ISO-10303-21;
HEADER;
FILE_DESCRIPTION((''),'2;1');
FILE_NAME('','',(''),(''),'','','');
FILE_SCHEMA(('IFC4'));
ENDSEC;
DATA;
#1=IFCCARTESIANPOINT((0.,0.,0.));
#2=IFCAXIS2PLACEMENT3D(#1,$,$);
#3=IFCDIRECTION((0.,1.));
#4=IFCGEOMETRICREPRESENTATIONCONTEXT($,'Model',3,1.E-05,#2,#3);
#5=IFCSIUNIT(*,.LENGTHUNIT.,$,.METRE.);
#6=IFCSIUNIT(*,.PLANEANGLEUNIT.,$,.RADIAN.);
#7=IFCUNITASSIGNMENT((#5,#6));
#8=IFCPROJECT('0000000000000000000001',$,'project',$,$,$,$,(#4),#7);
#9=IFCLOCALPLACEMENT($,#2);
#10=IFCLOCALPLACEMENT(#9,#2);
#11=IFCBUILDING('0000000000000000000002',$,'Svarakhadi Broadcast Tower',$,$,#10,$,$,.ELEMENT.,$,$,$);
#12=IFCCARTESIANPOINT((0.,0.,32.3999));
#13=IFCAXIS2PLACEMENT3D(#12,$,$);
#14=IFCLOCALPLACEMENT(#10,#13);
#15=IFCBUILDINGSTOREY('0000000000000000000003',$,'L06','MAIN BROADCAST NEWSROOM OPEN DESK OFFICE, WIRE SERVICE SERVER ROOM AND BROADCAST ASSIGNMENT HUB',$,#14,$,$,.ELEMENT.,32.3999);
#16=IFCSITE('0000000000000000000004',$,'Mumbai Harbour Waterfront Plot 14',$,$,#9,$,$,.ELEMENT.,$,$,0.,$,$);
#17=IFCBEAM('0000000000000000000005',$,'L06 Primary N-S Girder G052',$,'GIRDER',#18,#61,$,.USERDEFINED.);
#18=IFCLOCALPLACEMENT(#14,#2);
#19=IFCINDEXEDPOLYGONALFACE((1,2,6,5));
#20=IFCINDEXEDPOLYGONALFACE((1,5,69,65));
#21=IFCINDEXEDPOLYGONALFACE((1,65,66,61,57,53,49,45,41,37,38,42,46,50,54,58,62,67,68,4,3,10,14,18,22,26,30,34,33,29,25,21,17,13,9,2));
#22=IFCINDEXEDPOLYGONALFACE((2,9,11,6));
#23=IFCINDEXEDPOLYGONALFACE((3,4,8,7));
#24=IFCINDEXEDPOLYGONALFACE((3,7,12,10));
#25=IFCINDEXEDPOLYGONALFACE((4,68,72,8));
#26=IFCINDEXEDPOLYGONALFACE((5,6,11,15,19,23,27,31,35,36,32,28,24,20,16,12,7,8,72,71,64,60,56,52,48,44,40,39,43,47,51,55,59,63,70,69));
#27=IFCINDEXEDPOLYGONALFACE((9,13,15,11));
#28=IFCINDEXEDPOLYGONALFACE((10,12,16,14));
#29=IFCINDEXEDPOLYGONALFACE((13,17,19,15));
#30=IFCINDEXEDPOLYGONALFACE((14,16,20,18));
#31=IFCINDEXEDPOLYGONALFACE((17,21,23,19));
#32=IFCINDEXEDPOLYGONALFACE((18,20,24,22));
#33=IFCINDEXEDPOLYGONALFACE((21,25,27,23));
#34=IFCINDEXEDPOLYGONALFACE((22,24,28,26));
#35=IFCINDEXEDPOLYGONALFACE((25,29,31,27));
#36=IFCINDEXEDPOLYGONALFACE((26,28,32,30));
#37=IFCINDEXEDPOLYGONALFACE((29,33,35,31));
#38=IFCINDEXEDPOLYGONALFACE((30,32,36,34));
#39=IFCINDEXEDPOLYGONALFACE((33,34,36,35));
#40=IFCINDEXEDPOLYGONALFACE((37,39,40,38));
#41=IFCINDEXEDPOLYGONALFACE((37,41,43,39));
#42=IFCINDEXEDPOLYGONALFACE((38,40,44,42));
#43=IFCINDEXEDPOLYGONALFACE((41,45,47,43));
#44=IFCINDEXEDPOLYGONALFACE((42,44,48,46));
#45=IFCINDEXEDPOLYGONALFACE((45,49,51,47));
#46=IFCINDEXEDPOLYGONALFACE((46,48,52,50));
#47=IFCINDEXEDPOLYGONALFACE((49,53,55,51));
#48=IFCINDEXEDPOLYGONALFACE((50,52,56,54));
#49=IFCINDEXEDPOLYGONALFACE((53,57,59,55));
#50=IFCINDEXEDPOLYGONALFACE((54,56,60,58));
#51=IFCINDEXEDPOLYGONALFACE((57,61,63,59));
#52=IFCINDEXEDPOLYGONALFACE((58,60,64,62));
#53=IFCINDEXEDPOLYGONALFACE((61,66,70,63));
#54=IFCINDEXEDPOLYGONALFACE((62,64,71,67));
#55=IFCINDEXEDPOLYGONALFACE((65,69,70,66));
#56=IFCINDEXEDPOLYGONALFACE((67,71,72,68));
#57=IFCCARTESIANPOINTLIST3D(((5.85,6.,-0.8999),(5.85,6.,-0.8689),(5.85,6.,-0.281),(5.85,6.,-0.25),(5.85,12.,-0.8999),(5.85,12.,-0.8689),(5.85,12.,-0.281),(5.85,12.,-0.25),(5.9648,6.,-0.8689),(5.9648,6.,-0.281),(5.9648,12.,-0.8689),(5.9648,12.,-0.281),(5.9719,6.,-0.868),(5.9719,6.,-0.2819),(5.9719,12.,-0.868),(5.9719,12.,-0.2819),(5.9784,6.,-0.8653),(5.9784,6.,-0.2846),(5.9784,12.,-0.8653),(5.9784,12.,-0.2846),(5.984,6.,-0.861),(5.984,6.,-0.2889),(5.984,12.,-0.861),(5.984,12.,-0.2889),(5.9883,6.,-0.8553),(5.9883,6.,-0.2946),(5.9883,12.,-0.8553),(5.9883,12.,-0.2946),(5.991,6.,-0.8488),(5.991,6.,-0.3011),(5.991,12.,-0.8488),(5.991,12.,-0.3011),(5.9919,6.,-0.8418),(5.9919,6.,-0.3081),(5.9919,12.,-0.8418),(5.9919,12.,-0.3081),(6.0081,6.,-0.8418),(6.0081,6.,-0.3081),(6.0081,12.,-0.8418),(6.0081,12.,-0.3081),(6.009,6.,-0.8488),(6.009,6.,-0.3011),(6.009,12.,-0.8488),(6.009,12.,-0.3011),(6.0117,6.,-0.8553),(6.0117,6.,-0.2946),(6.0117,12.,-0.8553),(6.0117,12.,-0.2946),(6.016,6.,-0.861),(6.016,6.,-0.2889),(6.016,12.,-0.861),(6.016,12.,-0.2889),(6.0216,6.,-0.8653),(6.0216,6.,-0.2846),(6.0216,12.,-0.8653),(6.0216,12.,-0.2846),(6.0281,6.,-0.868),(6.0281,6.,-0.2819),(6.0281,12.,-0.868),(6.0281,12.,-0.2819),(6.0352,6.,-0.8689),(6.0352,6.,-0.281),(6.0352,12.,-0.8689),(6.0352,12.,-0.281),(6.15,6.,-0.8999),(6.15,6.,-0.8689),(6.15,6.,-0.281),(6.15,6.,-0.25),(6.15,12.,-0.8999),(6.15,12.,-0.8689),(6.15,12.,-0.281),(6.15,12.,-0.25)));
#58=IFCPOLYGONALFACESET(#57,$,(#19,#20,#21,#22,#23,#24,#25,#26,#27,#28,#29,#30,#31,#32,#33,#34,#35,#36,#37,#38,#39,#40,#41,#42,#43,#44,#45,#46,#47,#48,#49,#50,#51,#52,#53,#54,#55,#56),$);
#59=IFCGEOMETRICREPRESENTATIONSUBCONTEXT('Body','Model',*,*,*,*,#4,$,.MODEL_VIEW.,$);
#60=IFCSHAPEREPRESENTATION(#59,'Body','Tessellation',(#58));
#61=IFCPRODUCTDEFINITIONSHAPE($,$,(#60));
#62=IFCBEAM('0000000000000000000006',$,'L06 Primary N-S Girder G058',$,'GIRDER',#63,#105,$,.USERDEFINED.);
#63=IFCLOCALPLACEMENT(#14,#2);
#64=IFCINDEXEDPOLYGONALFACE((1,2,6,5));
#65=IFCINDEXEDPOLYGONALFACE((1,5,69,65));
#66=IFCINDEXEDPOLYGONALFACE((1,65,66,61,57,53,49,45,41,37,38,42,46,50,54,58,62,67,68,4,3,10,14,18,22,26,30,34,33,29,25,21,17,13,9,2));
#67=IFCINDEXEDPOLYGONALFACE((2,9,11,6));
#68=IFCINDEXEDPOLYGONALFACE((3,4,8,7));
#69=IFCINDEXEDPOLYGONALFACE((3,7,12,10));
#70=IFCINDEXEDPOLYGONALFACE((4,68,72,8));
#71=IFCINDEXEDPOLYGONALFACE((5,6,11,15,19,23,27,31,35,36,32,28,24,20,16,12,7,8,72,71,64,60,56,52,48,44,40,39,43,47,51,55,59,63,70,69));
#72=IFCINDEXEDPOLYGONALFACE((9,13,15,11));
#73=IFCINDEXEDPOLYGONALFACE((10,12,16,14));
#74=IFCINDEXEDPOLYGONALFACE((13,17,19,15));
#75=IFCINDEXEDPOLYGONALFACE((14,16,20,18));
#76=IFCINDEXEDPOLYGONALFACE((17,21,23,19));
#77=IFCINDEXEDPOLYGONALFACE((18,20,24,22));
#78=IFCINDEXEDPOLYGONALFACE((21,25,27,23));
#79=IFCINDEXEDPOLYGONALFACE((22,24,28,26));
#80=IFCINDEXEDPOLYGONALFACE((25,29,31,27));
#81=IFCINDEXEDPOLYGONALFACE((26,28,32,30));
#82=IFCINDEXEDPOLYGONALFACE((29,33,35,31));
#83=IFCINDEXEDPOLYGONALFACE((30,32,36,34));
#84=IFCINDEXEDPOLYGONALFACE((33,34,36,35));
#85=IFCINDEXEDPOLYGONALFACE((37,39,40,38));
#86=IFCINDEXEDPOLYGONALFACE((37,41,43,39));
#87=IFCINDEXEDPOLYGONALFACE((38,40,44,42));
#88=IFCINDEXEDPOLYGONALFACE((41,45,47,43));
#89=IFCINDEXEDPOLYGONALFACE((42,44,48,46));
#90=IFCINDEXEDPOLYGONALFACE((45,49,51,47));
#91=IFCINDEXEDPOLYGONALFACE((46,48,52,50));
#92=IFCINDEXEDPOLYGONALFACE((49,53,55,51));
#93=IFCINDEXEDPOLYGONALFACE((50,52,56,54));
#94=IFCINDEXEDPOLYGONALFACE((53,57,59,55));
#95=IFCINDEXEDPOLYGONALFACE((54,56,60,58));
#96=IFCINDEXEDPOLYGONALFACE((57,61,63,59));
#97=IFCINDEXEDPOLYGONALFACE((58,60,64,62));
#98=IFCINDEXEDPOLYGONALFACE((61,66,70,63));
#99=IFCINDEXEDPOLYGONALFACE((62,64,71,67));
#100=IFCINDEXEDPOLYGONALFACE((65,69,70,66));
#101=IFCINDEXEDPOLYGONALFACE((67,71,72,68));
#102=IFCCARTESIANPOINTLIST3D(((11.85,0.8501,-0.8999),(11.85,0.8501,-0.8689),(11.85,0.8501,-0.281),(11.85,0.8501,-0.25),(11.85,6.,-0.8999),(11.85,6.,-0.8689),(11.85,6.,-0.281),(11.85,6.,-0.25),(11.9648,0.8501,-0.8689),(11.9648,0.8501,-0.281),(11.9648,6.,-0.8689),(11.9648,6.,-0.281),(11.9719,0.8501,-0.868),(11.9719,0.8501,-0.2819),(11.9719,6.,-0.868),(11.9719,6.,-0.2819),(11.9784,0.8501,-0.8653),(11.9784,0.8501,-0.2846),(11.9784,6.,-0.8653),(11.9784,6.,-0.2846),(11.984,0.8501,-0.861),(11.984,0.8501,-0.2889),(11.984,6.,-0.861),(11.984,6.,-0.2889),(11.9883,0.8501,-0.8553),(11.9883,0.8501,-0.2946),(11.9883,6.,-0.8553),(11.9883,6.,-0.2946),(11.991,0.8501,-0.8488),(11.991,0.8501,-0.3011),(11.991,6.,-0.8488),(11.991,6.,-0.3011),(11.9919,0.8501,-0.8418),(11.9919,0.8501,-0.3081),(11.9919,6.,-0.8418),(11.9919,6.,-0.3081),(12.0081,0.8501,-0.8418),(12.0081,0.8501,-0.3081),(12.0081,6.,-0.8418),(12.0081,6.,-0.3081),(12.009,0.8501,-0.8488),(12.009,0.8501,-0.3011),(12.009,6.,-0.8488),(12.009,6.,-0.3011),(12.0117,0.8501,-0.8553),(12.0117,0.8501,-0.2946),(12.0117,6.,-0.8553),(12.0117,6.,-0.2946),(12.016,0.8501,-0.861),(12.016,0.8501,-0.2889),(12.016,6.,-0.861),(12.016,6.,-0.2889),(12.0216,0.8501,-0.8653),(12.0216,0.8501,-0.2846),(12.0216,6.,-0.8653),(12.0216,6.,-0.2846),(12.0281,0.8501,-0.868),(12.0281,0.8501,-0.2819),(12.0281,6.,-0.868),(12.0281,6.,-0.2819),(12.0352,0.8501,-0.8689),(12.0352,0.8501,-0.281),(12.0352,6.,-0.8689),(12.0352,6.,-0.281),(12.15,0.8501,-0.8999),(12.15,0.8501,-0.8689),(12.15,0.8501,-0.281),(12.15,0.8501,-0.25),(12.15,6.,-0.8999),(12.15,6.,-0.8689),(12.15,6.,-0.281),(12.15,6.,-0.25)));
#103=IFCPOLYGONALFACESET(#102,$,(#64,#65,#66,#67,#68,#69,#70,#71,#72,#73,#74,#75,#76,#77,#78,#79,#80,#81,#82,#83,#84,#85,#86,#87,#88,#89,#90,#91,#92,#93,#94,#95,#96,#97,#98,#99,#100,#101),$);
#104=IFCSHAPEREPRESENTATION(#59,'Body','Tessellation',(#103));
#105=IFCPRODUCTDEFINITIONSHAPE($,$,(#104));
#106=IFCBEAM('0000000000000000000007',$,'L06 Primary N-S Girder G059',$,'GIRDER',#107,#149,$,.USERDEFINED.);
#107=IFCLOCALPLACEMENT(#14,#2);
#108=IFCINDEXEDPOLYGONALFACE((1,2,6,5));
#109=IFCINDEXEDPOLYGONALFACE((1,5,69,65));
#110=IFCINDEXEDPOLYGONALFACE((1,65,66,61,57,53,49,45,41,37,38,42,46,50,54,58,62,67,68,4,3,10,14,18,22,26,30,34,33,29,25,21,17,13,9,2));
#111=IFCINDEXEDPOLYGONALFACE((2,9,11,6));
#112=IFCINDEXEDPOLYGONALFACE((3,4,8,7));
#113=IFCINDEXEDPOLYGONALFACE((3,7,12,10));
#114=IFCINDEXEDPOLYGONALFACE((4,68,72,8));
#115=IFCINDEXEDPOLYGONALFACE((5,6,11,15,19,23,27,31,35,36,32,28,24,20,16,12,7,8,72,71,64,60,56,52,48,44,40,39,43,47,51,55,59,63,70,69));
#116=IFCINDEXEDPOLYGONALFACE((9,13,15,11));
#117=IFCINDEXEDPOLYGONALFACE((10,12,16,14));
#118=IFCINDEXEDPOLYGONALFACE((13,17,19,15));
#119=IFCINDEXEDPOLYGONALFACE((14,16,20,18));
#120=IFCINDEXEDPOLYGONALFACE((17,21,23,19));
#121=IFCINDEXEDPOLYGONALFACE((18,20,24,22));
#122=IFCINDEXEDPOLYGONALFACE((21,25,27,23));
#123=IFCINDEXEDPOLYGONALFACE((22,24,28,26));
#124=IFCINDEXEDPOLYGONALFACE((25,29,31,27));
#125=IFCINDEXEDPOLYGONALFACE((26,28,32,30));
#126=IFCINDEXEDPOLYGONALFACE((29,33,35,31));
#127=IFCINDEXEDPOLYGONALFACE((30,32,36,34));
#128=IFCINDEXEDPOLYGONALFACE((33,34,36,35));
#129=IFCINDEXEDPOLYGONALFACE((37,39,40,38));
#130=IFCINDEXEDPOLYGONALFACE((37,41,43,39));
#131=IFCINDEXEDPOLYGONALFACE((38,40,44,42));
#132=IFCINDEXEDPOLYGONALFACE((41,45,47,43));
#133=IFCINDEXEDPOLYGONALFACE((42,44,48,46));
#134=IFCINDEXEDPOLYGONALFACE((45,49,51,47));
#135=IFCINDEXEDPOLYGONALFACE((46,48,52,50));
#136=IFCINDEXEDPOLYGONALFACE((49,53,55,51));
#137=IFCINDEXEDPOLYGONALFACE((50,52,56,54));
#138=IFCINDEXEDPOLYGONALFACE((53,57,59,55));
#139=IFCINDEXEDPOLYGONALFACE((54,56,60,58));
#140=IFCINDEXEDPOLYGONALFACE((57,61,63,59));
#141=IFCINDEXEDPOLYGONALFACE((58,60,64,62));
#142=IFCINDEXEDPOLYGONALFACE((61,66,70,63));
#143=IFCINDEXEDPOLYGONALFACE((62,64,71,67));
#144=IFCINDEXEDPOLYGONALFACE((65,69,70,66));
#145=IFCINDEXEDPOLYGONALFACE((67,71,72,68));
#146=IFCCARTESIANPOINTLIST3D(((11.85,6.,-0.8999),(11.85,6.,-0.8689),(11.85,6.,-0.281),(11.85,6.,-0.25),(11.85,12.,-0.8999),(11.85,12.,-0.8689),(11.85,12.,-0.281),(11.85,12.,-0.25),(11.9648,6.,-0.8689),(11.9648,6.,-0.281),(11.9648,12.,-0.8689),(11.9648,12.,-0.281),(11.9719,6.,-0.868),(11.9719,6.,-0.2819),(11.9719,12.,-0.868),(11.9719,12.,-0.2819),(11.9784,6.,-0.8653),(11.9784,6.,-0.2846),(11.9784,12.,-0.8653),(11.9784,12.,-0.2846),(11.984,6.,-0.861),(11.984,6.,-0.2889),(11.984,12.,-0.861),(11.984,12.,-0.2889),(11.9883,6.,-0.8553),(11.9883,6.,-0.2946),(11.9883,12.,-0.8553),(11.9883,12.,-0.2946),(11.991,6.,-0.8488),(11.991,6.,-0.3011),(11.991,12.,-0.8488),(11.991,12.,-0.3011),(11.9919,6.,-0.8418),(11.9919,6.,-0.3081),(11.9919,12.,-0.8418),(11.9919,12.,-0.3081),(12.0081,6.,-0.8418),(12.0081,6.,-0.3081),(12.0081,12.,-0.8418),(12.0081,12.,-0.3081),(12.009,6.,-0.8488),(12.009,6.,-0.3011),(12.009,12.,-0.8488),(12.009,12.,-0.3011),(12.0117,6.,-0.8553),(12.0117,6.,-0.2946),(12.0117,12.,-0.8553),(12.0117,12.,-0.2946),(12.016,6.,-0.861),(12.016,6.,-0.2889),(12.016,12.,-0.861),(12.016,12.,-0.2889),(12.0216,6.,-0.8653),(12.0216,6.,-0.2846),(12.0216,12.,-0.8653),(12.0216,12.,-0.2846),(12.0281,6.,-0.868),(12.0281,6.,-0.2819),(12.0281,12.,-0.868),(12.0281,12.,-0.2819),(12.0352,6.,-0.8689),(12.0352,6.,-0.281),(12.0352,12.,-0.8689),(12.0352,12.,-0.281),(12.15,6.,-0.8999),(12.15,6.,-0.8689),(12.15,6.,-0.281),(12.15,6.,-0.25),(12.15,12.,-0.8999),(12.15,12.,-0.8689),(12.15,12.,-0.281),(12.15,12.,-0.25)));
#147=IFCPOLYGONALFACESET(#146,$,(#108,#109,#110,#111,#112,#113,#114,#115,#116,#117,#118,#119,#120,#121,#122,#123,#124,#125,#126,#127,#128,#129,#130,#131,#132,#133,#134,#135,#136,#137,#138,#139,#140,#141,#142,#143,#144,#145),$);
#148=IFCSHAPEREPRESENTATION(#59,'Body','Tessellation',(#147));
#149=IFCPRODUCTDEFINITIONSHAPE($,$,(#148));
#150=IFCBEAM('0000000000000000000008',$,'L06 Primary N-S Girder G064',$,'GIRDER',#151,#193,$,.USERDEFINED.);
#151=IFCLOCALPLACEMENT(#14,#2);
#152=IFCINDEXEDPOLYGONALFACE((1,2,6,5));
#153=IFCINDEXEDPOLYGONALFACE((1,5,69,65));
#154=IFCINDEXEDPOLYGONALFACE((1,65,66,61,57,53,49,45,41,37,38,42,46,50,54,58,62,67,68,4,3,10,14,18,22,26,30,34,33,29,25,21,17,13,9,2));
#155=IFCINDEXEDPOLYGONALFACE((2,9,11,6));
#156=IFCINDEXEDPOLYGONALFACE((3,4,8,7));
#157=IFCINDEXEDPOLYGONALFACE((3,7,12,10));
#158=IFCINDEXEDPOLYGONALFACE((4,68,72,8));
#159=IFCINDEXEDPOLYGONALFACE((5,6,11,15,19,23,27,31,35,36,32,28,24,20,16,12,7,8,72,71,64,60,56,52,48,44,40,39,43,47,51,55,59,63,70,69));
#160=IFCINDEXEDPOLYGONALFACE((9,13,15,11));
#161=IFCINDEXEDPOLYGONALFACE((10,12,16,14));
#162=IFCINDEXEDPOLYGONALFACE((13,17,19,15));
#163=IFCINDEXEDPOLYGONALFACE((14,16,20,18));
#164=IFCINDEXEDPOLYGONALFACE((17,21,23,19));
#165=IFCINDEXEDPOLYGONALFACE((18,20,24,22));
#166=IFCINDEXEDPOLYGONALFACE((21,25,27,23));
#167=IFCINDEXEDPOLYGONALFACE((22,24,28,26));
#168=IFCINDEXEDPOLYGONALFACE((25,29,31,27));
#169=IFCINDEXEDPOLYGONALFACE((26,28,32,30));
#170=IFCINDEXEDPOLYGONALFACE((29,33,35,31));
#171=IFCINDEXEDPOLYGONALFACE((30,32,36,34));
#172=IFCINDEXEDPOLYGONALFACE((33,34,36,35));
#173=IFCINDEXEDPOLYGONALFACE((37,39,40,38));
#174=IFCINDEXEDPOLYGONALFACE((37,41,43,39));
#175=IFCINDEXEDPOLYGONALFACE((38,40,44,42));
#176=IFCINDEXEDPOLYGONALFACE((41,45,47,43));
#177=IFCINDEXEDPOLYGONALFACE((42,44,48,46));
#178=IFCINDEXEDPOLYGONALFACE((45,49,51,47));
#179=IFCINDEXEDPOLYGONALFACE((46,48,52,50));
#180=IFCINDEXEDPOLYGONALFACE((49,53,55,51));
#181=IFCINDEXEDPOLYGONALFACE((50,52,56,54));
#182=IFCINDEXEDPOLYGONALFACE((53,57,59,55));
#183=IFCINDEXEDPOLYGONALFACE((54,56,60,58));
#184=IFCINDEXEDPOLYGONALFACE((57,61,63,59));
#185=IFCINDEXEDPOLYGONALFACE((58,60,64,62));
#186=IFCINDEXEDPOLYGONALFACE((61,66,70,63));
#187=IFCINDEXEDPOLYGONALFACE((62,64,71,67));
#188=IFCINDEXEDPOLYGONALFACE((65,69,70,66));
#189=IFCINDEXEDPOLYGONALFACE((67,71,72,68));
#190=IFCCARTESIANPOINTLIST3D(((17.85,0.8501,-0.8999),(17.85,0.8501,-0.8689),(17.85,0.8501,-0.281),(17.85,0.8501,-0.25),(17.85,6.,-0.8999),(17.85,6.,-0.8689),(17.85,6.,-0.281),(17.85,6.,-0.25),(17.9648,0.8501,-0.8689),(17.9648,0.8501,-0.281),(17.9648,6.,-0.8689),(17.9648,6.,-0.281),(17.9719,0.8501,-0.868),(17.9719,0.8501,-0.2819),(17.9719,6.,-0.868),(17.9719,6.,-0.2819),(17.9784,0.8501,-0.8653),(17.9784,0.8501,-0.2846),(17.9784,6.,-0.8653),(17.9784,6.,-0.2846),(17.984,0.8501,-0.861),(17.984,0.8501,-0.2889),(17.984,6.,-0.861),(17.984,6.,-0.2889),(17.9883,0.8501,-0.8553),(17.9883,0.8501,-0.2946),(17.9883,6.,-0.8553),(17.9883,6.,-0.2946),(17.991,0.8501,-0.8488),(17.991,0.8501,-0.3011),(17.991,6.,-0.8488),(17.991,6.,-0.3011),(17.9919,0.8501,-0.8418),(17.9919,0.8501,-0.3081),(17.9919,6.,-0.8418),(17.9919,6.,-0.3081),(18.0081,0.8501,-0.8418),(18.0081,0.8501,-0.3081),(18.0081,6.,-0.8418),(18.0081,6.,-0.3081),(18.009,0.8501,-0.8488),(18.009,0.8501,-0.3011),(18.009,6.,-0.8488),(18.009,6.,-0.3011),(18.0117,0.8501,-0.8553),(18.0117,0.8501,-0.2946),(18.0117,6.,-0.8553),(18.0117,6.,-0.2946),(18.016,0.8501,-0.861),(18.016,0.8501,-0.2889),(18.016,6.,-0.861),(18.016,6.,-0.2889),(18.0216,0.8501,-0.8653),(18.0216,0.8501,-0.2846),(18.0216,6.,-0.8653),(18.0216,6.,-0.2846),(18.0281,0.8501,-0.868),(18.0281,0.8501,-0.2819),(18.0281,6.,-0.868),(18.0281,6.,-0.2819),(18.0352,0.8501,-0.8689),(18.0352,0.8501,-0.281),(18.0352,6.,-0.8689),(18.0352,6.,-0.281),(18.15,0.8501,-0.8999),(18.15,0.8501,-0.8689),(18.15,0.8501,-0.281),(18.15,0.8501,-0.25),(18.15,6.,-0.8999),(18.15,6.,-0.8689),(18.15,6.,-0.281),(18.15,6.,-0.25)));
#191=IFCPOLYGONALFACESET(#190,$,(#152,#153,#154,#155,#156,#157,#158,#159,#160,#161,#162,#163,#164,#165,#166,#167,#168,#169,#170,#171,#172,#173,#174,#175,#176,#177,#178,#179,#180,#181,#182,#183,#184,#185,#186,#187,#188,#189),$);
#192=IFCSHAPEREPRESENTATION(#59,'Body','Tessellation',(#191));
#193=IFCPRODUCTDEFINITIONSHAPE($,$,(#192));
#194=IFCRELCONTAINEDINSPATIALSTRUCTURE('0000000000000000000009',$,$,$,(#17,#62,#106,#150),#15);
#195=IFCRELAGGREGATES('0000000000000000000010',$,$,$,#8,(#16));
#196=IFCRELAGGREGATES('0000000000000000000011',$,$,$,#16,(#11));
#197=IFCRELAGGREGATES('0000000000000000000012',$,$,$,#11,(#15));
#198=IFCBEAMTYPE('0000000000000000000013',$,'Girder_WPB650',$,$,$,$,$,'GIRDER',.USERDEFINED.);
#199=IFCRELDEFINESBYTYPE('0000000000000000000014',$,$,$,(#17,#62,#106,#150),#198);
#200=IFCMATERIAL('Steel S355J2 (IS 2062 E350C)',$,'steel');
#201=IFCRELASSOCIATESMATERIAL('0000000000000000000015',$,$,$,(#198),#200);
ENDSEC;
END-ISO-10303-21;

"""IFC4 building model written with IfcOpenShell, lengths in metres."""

from ifc_helpers import new_model, si_unit, direction, frame, origin, origin_2d, place, context, subcontext, project, spatial, i_section, extrude, material, material_profile, profile_set, type_object, element, save


model = new_model("IFC4")

# Units and contexts
model_context = context("Model", 3, precision=1e-05, world=origin(), true_north=direction((0.0, 1.0)))
body_context = subcontext(model_context, "Body", "Model", "MODEL_VIEW")
ifc_project = project(units=[si_unit("LENGTHUNIT", "METRE"), si_unit("PLANEANGLEUNIT", "RADIAN")], contexts=[model_context])

# Site, building, storey
site_placement = place(None, origin())
site = spatial("IfcSite", under=ifc_project, at=site_placement, Name="Mumbai Harbour Waterfront Plot 14", CompositionType="ELEMENT", RefElevation=0.0)
building_placement = place(site_placement, origin())
building = spatial("IfcBuilding", under=site, at=building_placement, Name="Svarakhadi Broadcast Tower", CompositionType="ELEMENT")
storey_placement = place(building_placement, frame((0.0, 0.0, 32.3999)))
storey = spatial("IfcBuildingStorey", under=building, at=storey_placement, Name="L06", Description="MAIN BROADCAST NEWSROOM OPEN DESK OFFICE, WIRE SERVICE SERVER ROOM AND BROADCAST ASSIGNMENT HUB", CompositionType="ELEMENT", Elevation=32.3999)

# Shared definitions
ifc_material_1 = material(Name="Steel S355J2 (IS 2062 E350C)", Category="steel")

# Beams
ifc_material_profile_1 = material_profile(ifc_material_1, i_section(OverallWidth=0.3, OverallDepth=0.6499, WebThickness=0.0161, FlangeThickness=0.031, FilletRadius=0.0271, at=origin_2d()), Name="WPB 650x300x225")
ifc_profile_set_1 = profile_set([ifc_material_profile_1], Name="Steel S355J2 (IS 2062 E350C)")
beam_type_1 = type_object("IfcBeamType", Name="Girder_WPB650", ElementType="GIRDER", PredefinedType="USERDEFINED", material=ifc_profile_set_1)
beam_1_placement = place(storey_placement, frame((6.0, 6.0, -0.575), z_axis=(0.0, 1.0, 0.0), x_axis=(-1.0, 0.0, 0.0)))
element("IfcBeam", 1, at=beam_1_placement, inside=storey, type_object=beam_type_1, Name="L06 Primary N-S Girder G052", ObjectType="GIRDER", PredefinedType="USERDEFINED", context=body_context, shape_type="SweptSolid", body=[
    extrude(i_section(OverallWidth=0.3, OverallDepth=0.6499, WebThickness=0.0161, FlangeThickness=0.031, FilletRadius=0.0271, at=origin_2d()), origin(), (0.0, 0.0, 1.0), 6.0),
])
beam_2_placement = place(storey_placement, frame((12.0, 0.8501, -0.575), z_axis=(0.0, 1.0, 0.0), x_axis=(-1.0, 0.0, 0.0)))
element("IfcBeam", 2, at=beam_2_placement, inside=storey, type_object=beam_type_1, Name="L06 Primary N-S Girder G058", ObjectType="GIRDER", PredefinedType="USERDEFINED", context=body_context, shape_type="SweptSolid", body=[
    extrude(i_section(OverallWidth=0.3, OverallDepth=0.6499, WebThickness=0.0161, FlangeThickness=0.031, FilletRadius=0.0271, at=origin_2d()), origin(), (0.0, 0.0, 1.0), 5.1499),
])
beam_3_placement = place(storey_placement, frame((12.0, 6.0, -0.575), z_axis=(0.0, 1.0, 0.0), x_axis=(-1.0, 0.0, 0.0)))
element("IfcBeam", 3, at=beam_3_placement, inside=storey, type_object=beam_type_1, Name="L06 Primary N-S Girder G059", ObjectType="GIRDER", PredefinedType="USERDEFINED", context=body_context, shape_type="SweptSolid", body=[
    extrude(i_section(OverallWidth=0.3, OverallDepth=0.6499, WebThickness=0.0161, FlangeThickness=0.031, FilletRadius=0.0271, at=origin_2d()), origin(), (0.0, 0.0, 1.0), 6.0),
])
beam_4_placement = place(storey_placement, frame((18.0, 0.8501, -0.575), z_axis=(0.0, 1.0, 0.0), x_axis=(-1.0, 0.0, 0.0)))
element("IfcBeam", 4, at=beam_4_placement, inside=storey, type_object=beam_type_1, Name="L06 Primary N-S Girder G064", ObjectType="GIRDER", PredefinedType="USERDEFINED", context=body_context, shape_type="SweptSolid", body=[
    extrude(i_section(OverallWidth=0.3, OverallDepth=0.6499, WebThickness=0.0161, FlangeThickness=0.031, FilletRadius=0.0271, at=origin_2d()), origin(), (0.0, 0.0, 1.0), 5.1499),
])

save(model, "model.ifc")
